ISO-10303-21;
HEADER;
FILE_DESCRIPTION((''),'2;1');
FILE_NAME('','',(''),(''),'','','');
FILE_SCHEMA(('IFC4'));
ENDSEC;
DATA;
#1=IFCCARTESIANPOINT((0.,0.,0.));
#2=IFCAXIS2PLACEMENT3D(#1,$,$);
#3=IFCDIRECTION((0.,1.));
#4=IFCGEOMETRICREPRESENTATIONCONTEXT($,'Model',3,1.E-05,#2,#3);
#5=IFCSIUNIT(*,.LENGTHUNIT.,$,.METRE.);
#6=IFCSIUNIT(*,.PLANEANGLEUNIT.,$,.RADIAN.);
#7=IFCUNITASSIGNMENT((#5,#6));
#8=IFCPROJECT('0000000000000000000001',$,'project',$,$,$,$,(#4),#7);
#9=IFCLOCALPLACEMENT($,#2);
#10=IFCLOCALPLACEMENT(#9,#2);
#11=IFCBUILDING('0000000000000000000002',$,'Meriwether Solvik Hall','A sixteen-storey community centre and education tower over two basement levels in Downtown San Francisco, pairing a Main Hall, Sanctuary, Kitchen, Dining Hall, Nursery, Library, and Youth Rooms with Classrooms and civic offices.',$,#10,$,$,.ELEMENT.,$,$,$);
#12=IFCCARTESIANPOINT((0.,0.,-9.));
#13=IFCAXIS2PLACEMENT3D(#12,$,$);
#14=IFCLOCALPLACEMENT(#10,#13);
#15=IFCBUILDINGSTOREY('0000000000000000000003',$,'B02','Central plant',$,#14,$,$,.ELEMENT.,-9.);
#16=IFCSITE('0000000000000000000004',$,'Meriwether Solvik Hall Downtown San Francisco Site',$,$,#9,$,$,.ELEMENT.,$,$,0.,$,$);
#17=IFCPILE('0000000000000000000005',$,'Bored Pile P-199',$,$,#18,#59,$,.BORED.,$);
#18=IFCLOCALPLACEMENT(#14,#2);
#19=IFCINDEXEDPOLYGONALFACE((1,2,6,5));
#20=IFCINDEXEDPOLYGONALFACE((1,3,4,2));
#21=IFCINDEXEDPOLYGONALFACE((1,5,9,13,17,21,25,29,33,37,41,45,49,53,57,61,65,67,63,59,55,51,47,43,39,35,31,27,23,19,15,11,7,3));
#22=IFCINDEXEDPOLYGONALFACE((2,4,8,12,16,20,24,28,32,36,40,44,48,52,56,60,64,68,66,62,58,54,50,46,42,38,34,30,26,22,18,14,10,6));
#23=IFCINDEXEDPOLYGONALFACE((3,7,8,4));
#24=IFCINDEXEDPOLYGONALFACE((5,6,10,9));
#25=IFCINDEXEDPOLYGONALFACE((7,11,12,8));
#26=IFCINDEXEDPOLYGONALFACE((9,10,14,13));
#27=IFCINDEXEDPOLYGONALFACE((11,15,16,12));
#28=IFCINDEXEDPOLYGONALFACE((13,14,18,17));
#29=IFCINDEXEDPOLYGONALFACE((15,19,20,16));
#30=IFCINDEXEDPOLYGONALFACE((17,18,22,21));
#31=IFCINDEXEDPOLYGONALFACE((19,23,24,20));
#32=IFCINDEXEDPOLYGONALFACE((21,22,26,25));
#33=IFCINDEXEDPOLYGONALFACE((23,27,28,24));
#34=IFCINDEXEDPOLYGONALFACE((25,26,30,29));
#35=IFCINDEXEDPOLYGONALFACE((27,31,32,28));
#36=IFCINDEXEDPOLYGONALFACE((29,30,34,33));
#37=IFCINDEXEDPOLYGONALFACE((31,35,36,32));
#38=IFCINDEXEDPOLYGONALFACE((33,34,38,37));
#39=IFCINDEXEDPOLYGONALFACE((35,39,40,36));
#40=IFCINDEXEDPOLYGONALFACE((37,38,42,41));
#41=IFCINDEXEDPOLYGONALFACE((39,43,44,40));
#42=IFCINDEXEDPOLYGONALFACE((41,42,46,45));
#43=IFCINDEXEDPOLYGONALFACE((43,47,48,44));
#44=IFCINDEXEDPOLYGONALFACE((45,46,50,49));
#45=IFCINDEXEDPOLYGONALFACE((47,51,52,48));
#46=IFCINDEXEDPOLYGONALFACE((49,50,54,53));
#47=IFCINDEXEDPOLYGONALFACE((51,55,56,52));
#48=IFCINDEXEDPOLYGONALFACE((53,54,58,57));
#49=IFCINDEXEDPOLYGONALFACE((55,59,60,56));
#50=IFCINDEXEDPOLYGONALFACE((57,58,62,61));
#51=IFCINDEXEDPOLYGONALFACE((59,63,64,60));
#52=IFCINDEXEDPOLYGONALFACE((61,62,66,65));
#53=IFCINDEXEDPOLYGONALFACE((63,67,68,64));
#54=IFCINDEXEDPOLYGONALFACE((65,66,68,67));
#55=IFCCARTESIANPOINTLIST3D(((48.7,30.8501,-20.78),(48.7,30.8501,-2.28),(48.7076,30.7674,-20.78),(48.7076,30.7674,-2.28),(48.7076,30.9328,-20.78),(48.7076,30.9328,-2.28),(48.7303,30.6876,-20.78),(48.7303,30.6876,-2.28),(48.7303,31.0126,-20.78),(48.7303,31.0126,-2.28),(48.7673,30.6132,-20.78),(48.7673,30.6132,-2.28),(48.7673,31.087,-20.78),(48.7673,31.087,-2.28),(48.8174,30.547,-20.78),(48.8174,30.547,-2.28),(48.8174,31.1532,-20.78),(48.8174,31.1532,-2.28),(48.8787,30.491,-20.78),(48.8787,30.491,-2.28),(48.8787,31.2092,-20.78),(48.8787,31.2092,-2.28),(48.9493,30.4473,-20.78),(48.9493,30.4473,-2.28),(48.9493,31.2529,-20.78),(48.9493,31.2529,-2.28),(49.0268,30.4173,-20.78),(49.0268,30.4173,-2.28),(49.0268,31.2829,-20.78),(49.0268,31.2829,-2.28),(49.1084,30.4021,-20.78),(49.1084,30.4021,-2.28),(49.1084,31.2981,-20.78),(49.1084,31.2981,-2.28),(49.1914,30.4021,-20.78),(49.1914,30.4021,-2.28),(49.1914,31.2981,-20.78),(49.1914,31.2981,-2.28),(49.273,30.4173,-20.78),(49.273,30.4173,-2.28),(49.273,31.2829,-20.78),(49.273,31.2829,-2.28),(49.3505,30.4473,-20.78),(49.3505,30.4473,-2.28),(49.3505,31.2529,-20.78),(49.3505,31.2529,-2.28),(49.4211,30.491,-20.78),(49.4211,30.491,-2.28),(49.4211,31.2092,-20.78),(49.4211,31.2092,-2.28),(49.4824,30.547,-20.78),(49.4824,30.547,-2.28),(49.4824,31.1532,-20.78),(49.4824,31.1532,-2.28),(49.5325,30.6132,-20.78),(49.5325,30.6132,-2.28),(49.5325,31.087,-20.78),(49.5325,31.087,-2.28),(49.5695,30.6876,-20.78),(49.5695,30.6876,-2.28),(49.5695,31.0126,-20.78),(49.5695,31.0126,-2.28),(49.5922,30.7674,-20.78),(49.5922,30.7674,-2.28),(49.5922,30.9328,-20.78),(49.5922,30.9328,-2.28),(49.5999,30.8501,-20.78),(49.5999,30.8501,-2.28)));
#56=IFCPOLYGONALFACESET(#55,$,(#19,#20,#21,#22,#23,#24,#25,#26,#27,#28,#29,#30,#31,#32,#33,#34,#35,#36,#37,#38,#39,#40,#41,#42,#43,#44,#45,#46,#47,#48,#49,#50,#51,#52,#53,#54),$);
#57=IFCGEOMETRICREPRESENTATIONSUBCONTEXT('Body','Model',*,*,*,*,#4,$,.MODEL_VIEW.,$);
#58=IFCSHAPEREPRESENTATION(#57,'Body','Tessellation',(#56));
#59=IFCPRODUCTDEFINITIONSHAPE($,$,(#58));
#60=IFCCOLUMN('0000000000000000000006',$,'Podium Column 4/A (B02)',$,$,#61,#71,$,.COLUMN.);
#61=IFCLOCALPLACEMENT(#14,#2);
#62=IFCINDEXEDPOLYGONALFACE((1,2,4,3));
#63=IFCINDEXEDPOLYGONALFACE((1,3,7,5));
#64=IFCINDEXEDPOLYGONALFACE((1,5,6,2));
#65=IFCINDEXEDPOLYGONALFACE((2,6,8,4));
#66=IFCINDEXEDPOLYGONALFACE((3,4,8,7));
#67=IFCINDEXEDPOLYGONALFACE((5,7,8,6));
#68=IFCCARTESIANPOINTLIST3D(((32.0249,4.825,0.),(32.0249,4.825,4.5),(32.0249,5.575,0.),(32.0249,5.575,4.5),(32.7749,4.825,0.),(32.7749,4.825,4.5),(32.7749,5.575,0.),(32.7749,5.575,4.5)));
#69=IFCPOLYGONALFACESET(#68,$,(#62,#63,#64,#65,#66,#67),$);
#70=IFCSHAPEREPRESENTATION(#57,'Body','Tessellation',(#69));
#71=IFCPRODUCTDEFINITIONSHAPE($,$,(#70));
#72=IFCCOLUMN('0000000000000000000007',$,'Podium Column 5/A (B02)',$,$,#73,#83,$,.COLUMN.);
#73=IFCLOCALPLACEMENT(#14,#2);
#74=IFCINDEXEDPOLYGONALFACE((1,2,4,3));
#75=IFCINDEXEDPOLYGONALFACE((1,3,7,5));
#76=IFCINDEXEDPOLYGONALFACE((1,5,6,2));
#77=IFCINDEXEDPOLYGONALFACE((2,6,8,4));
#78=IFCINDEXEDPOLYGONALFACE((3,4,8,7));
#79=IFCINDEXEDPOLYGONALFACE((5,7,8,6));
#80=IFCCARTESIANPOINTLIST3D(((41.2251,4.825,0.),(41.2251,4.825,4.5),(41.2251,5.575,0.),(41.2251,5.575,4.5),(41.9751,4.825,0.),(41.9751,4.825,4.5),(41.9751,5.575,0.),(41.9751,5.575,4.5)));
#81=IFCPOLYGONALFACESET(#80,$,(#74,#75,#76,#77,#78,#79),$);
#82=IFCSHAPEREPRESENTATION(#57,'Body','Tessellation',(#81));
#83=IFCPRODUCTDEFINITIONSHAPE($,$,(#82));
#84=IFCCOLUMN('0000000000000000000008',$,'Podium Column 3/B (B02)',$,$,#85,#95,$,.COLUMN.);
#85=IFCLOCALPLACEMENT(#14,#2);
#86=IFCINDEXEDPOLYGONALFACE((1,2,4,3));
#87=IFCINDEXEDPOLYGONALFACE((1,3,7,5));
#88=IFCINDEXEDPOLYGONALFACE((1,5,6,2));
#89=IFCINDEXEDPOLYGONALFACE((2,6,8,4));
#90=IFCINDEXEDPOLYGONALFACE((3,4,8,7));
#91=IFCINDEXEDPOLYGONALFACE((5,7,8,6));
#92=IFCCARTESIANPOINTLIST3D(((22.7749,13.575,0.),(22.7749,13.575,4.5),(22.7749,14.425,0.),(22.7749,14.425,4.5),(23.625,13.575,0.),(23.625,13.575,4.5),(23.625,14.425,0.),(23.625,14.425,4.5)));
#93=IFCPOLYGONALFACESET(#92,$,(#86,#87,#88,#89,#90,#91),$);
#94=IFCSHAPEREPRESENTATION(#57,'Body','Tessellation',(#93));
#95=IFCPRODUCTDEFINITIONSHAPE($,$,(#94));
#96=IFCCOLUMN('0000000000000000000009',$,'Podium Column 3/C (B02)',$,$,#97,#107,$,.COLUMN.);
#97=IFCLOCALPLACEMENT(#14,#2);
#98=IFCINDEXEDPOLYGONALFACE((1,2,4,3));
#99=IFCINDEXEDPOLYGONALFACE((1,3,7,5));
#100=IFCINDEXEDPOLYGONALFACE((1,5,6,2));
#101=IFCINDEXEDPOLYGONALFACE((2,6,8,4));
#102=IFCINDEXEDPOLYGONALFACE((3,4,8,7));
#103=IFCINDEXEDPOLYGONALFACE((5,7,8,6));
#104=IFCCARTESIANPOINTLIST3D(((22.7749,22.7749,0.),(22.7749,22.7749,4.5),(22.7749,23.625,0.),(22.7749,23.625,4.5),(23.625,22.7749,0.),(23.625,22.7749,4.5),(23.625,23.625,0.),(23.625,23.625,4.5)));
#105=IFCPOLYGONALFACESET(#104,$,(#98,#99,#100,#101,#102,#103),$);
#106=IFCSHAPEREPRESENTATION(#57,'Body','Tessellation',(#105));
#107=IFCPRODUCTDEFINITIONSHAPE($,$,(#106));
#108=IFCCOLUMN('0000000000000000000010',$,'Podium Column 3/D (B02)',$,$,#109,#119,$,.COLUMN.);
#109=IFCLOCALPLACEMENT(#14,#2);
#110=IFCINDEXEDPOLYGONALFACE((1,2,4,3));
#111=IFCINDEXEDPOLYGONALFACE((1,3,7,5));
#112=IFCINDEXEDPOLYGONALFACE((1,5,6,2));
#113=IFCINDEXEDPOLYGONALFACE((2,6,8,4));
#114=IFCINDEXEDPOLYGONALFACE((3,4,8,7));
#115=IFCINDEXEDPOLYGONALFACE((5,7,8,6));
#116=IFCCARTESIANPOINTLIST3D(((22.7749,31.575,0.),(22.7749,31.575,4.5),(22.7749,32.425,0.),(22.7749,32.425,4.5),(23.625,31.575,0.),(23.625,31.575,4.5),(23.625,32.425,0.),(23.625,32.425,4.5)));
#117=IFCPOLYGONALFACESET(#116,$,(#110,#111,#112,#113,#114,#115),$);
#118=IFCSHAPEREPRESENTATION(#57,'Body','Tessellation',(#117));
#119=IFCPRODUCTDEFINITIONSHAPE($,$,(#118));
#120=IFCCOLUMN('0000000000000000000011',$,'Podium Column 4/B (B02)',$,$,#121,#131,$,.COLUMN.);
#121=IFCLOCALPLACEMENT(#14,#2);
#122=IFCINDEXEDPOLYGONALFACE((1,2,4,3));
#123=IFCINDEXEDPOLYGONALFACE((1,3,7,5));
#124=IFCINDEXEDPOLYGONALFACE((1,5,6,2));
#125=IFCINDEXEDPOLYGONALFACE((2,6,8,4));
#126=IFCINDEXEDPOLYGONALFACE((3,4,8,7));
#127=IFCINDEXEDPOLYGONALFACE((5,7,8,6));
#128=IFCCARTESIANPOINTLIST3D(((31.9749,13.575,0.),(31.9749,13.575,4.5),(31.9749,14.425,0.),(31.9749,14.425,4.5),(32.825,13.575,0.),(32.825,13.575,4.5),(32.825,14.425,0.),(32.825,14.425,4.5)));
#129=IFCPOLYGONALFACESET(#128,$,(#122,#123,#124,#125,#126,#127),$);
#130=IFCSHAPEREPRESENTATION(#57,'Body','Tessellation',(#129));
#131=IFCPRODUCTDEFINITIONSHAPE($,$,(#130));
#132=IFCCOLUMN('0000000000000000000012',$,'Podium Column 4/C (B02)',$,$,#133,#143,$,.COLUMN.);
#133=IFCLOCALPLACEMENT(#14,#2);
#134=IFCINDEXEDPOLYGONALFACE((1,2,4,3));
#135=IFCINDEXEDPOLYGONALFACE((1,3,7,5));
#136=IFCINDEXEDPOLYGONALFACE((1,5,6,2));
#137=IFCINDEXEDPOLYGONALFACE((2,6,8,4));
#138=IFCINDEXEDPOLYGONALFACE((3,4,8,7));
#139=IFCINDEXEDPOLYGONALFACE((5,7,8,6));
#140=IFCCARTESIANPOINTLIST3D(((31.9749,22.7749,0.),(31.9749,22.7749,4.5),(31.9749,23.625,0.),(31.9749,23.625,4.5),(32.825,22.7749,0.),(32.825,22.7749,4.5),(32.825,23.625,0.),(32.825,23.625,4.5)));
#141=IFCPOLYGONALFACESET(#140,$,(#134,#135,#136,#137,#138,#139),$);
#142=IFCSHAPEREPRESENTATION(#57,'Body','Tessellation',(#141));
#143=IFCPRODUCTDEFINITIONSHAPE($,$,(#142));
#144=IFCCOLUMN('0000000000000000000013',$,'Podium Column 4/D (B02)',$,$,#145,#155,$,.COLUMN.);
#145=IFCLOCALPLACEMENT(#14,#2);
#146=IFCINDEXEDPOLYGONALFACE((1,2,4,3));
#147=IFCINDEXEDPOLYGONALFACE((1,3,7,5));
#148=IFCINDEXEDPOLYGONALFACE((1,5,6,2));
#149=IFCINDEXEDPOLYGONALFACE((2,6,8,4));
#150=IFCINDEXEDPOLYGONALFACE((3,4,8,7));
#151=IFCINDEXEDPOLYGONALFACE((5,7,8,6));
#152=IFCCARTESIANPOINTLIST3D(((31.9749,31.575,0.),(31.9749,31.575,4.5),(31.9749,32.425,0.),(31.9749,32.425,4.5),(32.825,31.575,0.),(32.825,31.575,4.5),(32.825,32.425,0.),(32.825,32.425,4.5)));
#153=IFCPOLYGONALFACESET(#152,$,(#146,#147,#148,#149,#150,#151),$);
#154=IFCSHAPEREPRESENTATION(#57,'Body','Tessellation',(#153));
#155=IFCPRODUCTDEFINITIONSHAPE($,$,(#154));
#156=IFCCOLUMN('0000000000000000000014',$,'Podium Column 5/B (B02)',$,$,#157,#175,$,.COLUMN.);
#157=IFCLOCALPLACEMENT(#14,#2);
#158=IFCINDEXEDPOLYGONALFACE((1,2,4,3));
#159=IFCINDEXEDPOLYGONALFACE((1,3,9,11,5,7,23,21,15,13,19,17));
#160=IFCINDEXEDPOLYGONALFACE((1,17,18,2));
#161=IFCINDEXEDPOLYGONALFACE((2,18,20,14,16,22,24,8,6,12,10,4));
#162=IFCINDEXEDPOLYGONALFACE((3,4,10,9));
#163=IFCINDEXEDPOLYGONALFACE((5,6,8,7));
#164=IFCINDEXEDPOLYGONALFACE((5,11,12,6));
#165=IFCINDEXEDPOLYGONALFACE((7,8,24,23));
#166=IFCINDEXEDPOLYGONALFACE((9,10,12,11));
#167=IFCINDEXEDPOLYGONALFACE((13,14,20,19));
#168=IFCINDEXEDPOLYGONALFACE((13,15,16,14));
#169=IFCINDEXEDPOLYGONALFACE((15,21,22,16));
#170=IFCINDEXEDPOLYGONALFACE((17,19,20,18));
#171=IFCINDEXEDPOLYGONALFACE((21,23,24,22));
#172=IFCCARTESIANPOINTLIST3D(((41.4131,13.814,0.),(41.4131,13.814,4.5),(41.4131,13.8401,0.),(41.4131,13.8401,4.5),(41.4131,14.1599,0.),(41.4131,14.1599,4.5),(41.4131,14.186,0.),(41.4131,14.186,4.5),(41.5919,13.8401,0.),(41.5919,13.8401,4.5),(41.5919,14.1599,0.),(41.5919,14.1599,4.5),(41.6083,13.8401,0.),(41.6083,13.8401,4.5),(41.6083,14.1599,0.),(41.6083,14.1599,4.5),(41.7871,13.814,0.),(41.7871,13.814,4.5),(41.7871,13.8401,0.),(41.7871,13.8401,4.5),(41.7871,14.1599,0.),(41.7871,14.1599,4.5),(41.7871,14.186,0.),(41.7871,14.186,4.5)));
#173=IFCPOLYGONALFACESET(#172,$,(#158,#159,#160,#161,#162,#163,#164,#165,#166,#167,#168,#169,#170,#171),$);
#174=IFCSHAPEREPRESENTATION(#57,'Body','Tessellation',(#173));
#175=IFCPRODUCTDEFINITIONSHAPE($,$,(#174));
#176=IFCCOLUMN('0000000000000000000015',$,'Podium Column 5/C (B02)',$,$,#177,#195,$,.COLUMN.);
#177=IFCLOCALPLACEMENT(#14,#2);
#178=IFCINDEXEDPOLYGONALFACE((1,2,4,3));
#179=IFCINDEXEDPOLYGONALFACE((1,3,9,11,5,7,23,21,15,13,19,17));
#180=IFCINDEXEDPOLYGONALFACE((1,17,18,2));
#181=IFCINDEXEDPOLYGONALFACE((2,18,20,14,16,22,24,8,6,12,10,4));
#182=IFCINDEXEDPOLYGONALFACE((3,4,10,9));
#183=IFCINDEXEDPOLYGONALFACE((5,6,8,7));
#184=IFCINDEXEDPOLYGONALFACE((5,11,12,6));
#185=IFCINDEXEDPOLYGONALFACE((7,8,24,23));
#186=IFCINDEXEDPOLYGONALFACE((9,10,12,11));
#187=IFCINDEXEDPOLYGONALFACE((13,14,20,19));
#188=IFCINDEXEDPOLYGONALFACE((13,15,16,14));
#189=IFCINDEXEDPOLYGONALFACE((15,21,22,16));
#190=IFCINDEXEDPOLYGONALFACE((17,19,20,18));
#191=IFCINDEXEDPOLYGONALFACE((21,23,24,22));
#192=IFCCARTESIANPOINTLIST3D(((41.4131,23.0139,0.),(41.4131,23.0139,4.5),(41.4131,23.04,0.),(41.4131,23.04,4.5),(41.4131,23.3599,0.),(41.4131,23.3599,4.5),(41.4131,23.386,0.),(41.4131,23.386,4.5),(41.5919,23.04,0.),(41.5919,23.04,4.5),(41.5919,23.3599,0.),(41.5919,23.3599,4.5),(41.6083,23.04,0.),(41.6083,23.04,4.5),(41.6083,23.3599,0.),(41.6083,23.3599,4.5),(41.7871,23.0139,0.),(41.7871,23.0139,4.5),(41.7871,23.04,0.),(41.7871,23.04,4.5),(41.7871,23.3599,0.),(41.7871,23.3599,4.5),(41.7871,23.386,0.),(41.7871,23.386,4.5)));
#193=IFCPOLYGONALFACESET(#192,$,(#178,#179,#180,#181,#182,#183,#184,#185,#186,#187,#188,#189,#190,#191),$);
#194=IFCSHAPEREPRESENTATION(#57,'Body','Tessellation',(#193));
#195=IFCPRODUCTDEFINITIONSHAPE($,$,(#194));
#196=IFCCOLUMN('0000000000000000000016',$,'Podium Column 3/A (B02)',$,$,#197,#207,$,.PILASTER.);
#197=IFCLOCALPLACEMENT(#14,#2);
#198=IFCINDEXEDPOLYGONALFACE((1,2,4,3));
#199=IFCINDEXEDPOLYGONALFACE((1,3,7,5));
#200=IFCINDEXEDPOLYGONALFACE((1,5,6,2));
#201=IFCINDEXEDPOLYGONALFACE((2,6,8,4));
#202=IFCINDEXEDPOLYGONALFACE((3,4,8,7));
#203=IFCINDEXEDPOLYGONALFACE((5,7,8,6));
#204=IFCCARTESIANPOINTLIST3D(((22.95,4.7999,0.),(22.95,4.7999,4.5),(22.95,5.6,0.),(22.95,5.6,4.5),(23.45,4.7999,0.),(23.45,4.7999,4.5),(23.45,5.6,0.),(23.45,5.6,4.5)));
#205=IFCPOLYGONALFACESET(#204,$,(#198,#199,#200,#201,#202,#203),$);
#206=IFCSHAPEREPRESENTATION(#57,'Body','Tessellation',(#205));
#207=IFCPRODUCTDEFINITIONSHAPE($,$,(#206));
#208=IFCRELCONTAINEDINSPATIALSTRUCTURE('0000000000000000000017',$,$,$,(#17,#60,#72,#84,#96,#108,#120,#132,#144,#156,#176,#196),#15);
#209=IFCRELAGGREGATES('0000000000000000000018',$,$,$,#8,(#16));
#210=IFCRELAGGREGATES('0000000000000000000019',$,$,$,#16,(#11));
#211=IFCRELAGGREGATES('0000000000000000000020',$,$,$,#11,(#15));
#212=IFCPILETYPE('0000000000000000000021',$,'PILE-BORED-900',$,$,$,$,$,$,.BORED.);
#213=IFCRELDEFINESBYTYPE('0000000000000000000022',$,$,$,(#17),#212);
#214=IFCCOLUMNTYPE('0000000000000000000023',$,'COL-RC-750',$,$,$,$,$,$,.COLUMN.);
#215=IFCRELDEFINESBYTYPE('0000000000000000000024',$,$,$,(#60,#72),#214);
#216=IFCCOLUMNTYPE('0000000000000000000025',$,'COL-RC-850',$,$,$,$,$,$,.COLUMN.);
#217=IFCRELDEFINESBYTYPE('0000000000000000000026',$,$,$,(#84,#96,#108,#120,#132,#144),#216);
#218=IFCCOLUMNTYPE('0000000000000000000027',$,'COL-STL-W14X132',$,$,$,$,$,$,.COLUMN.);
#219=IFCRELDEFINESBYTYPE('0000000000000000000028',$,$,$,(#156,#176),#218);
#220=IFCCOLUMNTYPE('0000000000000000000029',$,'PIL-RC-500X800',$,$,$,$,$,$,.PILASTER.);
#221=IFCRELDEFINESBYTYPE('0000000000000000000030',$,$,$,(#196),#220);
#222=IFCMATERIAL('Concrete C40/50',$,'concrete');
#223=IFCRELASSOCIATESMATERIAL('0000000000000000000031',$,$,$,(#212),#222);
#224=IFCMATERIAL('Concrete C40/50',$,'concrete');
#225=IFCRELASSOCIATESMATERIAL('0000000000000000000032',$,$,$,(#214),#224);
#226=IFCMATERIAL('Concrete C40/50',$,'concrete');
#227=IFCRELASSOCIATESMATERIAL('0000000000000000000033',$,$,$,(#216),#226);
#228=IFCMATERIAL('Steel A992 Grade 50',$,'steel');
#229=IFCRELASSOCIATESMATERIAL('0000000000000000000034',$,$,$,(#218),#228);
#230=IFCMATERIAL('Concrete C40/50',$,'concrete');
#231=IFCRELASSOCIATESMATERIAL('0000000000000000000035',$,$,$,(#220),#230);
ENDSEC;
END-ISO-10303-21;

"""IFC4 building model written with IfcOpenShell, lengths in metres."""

from ifc_helpers import new_model, si_unit, direction, frame, origin, origin_2d, place, context, subcontext, project, spatial, rectangle, circle, i_section, extrude, material, material_profile, profile_set, type_object, element, save


model = new_model("IFC4")

# Units and contexts
model_context = context("Model", 3, precision=1e-05, world=origin(), true_north=direction((0.0, 1.0)))
body_context = subcontext(model_context, "Body", "Model", "MODEL_VIEW")
ifc_project = project(units=[si_unit("LENGTHUNIT", "METRE"), si_unit("PLANEANGLEUNIT", "RADIAN")], contexts=[model_context])

# Site, building, storey
site_placement = place(None, origin())
site = spatial("IfcSite", under=ifc_project, at=site_placement, Name="Meriwether Solvik Hall Downtown San Francisco Site", CompositionType="ELEMENT", RefElevation=0.0)
building_placement = place(site_placement, origin())
building = spatial("IfcBuilding", under=site, at=building_placement, Name="Meriwether Solvik Hall", Description="A sixteen-storey community centre and education tower over two basement levels in Downtown San Francisco, pairing a Main Hall, Sanctuary, Kitchen, Dining Hall, Nursery, Library, and Youth Rooms with Classrooms and civic offices.", CompositionType="ELEMENT")
storey_placement = place(building_placement, frame((0.0, 0.0, -9.0)))
storey = spatial("IfcBuildingStorey", under=building, at=storey_placement, Name="B02", Description="Central plant", CompositionType="ELEMENT", Elevation=-9.0)

# Pile
ifc_material_1 = material(Name="Concrete C40/50", Category="concrete")
ifc_material_profile_1 = material_profile(ifc_material_1, circle(Radius=0.45, at=origin_2d()), Name="PILE-D900")
ifc_profile_set_1 = profile_set([ifc_material_profile_1], Name="Concrete C40/50")
pile_type_1 = type_object("IfcPileType", Name="PILE-BORED-900", PredefinedType="BORED", material=ifc_profile_set_1)
pile_1_placement = place(storey_placement, frame((49.1499, 30.8501, -2.28), z_axis=(0.0, 0.0, -1.0), x_axis=(1.0, 0.0, 0.0)))
element("IfcPile", 1, at=pile_1_placement, inside=storey, type_object=pile_type_1, Name="Bored Pile P-199", PredefinedType="BORED", context=body_context, shape_type="SweptSolid", body=[
    extrude(circle(Radius=0.45, at=origin_2d()), origin(), (0.0, 0.0, 1.0), 18.5),
])

# Columns
ifc_material_2 = material(Name="Concrete C40/50", Category="concrete")
ifc_material_profile_2 = material_profile(ifc_material_2, rectangle(XDim=0.75, YDim=0.75, at=origin_2d()), Name="RCC-750X750")
ifc_profile_set_2 = profile_set([ifc_material_profile_2], Name="Concrete C40/50")
column_type_1 = type_object("IfcColumnType", Name="COL-RC-750", PredefinedType="COLUMN", material=ifc_profile_set_2)
for number, where, z_axis, x_axis, name in (
    (2, (32.3999, 5.2, 0.0), (0.0, 0.0, 1.0), (1.0, 0.0, 0.0), "Podium Column 4/A (B02)"),
    (3, (41.6001, 5.2, 0.0), (0.0, 0.0, 1.0), (1.0, 0.0, 0.0), "Podium Column 5/A (B02)"),
):
    element("IfcColumn", number, at=place(storey_placement, frame(where, z_axis=z_axis, x_axis=x_axis)), inside=storey, type_object=column_type_1, Name=name, PredefinedType="COLUMN", context=body_context, shape_type="SweptSolid", body=[
        extrude(rectangle(XDim=0.75, YDim=0.75, at=origin_2d()), origin(), (0.0, 0.0, 1.0), 4.5),
    ])
ifc_material_3 = material(Name="Concrete C40/50", Category="concrete")
ifc_material_profile_3 = material_profile(ifc_material_3, rectangle(XDim=0.8501, YDim=0.8501, at=origin_2d()), Name="RCC-850X850")
ifc_profile_set_3 = profile_set([ifc_material_profile_3], Name="Concrete C40/50")
column_type_2 = type_object("IfcColumnType", Name="COL-RC-850", PredefinedType="COLUMN", material=ifc_profile_set_3)
for number, where, z_axis, x_axis, name in (
    (4, (23.2, 14.0, 0.0), (0.0, 0.0, 1.0), (1.0, 0.0, 0.0), "Podium Column 3/B (B02)"),
    (5, (23.2, 23.2, 0.0), (0.0, 0.0, 1.0), (1.0, 0.0, 0.0), "Podium Column 3/C (B02)"),
    (6, (23.2, 32.0, 0.0), (0.0, 0.0, 1.0), (1.0, 0.0, 0.0), "Podium Column 3/D (B02)"),
    (7, (32.3999, 14.0, 0.0), (0.0, 0.0, 1.0), (1.0, 0.0, 0.0), "Podium Column 4/B (B02)"),
    (8, (32.3999, 23.2, 0.0), (0.0, 0.0, 1.0), (1.0, 0.0, 0.0), "Podium Column 4/C (B02)"),
    (9, (32.3999, 32.0, 0.0), (0.0, 0.0, 1.0), (1.0, 0.0, 0.0), "Podium Column 4/D (B02)"),
):
    element("IfcColumn", number, at=place(storey_placement, frame(where, z_axis=z_axis, x_axis=x_axis)), inside=storey, type_object=column_type_2, Name=name, PredefinedType="COLUMN", context=body_context, shape_type="SweptSolid", body=[
        extrude(rectangle(XDim=0.8501, YDim=0.8501, at=origin_2d()), origin(), (0.0, 0.0, 1.0), 4.5),
    ])
ifc_material_4 = material(Name="Steel A992 Grade 50", Category="steel")
ifc_material_profile_4 = material_profile(ifc_material_4, i_section(OverallWidth=0.374, OverallDepth=0.3721, WebThickness=0.0164, FlangeThickness=0.0261, at=origin_2d()), Name="W14X132")
ifc_profile_set_4 = profile_set([ifc_material_profile_4], Name="Steel A992 Grade 50")
column_type_3 = type_object("IfcColumnType", Name="COL-STL-W14X132", PredefinedType="COLUMN", material=ifc_profile_set_4)
for number, where, z_axis, x_axis, name in (
    (10, (41.6001, 14.0, 0.0), (0.0, 0.0, 1.0), (1.0, 0.0, 0.0), "Podium Column 5/B (B02)"),
    (11, (41.6001, 23.2, 0.0), (0.0, 0.0, 1.0), (1.0, 0.0, 0.0), "Podium Column 5/C (B02)"),
):
    element("IfcColumn", number, at=place(storey_placement, frame(where, z_axis=z_axis, x_axis=x_axis)), inside=storey, type_object=column_type_3, Name=name, PredefinedType="COLUMN", context=body_context, shape_type="SweptSolid", body=[
        extrude(i_section(OverallWidth=0.374, OverallDepth=0.3721, WebThickness=0.0164, FlangeThickness=0.0261, at=origin_2d()), origin(), (0.0, 0.0, 1.0), 4.5),
    ])
ifc_material_5 = material(Name="Concrete C40/50", Category="concrete")
ifc_material_profile_5 = material_profile(ifc_material_5, rectangle(XDim=0.5, YDim=0.8, at=origin_2d()), Name="RCP-500X800")
ifc_profile_set_5 = profile_set([ifc_material_profile_5], Name="Concrete C40/50")
column_type_4 = type_object("IfcColumnType", Name="PIL-RC-500X800", PredefinedType="PILASTER", material=ifc_profile_set_5)
column_placement = place(storey_placement, frame((23.2, 5.2, 0.0), z_axis=(0.0, 0.0, 1.0), x_axis=(1.0, 0.0, 0.0)))
element("IfcColumn", 12, at=column_placement, inside=storey, type_object=column_type_4, Name="Podium Column 3/A (B02)", PredefinedType="PILASTER", context=body_context, shape_type="SweptSolid", body=[
    extrude(rectangle(XDim=0.5, YDim=0.8, at=origin_2d()), origin(), (0.0, 0.0, 1.0), 4.5),
])

save(model, "model.ifc")
